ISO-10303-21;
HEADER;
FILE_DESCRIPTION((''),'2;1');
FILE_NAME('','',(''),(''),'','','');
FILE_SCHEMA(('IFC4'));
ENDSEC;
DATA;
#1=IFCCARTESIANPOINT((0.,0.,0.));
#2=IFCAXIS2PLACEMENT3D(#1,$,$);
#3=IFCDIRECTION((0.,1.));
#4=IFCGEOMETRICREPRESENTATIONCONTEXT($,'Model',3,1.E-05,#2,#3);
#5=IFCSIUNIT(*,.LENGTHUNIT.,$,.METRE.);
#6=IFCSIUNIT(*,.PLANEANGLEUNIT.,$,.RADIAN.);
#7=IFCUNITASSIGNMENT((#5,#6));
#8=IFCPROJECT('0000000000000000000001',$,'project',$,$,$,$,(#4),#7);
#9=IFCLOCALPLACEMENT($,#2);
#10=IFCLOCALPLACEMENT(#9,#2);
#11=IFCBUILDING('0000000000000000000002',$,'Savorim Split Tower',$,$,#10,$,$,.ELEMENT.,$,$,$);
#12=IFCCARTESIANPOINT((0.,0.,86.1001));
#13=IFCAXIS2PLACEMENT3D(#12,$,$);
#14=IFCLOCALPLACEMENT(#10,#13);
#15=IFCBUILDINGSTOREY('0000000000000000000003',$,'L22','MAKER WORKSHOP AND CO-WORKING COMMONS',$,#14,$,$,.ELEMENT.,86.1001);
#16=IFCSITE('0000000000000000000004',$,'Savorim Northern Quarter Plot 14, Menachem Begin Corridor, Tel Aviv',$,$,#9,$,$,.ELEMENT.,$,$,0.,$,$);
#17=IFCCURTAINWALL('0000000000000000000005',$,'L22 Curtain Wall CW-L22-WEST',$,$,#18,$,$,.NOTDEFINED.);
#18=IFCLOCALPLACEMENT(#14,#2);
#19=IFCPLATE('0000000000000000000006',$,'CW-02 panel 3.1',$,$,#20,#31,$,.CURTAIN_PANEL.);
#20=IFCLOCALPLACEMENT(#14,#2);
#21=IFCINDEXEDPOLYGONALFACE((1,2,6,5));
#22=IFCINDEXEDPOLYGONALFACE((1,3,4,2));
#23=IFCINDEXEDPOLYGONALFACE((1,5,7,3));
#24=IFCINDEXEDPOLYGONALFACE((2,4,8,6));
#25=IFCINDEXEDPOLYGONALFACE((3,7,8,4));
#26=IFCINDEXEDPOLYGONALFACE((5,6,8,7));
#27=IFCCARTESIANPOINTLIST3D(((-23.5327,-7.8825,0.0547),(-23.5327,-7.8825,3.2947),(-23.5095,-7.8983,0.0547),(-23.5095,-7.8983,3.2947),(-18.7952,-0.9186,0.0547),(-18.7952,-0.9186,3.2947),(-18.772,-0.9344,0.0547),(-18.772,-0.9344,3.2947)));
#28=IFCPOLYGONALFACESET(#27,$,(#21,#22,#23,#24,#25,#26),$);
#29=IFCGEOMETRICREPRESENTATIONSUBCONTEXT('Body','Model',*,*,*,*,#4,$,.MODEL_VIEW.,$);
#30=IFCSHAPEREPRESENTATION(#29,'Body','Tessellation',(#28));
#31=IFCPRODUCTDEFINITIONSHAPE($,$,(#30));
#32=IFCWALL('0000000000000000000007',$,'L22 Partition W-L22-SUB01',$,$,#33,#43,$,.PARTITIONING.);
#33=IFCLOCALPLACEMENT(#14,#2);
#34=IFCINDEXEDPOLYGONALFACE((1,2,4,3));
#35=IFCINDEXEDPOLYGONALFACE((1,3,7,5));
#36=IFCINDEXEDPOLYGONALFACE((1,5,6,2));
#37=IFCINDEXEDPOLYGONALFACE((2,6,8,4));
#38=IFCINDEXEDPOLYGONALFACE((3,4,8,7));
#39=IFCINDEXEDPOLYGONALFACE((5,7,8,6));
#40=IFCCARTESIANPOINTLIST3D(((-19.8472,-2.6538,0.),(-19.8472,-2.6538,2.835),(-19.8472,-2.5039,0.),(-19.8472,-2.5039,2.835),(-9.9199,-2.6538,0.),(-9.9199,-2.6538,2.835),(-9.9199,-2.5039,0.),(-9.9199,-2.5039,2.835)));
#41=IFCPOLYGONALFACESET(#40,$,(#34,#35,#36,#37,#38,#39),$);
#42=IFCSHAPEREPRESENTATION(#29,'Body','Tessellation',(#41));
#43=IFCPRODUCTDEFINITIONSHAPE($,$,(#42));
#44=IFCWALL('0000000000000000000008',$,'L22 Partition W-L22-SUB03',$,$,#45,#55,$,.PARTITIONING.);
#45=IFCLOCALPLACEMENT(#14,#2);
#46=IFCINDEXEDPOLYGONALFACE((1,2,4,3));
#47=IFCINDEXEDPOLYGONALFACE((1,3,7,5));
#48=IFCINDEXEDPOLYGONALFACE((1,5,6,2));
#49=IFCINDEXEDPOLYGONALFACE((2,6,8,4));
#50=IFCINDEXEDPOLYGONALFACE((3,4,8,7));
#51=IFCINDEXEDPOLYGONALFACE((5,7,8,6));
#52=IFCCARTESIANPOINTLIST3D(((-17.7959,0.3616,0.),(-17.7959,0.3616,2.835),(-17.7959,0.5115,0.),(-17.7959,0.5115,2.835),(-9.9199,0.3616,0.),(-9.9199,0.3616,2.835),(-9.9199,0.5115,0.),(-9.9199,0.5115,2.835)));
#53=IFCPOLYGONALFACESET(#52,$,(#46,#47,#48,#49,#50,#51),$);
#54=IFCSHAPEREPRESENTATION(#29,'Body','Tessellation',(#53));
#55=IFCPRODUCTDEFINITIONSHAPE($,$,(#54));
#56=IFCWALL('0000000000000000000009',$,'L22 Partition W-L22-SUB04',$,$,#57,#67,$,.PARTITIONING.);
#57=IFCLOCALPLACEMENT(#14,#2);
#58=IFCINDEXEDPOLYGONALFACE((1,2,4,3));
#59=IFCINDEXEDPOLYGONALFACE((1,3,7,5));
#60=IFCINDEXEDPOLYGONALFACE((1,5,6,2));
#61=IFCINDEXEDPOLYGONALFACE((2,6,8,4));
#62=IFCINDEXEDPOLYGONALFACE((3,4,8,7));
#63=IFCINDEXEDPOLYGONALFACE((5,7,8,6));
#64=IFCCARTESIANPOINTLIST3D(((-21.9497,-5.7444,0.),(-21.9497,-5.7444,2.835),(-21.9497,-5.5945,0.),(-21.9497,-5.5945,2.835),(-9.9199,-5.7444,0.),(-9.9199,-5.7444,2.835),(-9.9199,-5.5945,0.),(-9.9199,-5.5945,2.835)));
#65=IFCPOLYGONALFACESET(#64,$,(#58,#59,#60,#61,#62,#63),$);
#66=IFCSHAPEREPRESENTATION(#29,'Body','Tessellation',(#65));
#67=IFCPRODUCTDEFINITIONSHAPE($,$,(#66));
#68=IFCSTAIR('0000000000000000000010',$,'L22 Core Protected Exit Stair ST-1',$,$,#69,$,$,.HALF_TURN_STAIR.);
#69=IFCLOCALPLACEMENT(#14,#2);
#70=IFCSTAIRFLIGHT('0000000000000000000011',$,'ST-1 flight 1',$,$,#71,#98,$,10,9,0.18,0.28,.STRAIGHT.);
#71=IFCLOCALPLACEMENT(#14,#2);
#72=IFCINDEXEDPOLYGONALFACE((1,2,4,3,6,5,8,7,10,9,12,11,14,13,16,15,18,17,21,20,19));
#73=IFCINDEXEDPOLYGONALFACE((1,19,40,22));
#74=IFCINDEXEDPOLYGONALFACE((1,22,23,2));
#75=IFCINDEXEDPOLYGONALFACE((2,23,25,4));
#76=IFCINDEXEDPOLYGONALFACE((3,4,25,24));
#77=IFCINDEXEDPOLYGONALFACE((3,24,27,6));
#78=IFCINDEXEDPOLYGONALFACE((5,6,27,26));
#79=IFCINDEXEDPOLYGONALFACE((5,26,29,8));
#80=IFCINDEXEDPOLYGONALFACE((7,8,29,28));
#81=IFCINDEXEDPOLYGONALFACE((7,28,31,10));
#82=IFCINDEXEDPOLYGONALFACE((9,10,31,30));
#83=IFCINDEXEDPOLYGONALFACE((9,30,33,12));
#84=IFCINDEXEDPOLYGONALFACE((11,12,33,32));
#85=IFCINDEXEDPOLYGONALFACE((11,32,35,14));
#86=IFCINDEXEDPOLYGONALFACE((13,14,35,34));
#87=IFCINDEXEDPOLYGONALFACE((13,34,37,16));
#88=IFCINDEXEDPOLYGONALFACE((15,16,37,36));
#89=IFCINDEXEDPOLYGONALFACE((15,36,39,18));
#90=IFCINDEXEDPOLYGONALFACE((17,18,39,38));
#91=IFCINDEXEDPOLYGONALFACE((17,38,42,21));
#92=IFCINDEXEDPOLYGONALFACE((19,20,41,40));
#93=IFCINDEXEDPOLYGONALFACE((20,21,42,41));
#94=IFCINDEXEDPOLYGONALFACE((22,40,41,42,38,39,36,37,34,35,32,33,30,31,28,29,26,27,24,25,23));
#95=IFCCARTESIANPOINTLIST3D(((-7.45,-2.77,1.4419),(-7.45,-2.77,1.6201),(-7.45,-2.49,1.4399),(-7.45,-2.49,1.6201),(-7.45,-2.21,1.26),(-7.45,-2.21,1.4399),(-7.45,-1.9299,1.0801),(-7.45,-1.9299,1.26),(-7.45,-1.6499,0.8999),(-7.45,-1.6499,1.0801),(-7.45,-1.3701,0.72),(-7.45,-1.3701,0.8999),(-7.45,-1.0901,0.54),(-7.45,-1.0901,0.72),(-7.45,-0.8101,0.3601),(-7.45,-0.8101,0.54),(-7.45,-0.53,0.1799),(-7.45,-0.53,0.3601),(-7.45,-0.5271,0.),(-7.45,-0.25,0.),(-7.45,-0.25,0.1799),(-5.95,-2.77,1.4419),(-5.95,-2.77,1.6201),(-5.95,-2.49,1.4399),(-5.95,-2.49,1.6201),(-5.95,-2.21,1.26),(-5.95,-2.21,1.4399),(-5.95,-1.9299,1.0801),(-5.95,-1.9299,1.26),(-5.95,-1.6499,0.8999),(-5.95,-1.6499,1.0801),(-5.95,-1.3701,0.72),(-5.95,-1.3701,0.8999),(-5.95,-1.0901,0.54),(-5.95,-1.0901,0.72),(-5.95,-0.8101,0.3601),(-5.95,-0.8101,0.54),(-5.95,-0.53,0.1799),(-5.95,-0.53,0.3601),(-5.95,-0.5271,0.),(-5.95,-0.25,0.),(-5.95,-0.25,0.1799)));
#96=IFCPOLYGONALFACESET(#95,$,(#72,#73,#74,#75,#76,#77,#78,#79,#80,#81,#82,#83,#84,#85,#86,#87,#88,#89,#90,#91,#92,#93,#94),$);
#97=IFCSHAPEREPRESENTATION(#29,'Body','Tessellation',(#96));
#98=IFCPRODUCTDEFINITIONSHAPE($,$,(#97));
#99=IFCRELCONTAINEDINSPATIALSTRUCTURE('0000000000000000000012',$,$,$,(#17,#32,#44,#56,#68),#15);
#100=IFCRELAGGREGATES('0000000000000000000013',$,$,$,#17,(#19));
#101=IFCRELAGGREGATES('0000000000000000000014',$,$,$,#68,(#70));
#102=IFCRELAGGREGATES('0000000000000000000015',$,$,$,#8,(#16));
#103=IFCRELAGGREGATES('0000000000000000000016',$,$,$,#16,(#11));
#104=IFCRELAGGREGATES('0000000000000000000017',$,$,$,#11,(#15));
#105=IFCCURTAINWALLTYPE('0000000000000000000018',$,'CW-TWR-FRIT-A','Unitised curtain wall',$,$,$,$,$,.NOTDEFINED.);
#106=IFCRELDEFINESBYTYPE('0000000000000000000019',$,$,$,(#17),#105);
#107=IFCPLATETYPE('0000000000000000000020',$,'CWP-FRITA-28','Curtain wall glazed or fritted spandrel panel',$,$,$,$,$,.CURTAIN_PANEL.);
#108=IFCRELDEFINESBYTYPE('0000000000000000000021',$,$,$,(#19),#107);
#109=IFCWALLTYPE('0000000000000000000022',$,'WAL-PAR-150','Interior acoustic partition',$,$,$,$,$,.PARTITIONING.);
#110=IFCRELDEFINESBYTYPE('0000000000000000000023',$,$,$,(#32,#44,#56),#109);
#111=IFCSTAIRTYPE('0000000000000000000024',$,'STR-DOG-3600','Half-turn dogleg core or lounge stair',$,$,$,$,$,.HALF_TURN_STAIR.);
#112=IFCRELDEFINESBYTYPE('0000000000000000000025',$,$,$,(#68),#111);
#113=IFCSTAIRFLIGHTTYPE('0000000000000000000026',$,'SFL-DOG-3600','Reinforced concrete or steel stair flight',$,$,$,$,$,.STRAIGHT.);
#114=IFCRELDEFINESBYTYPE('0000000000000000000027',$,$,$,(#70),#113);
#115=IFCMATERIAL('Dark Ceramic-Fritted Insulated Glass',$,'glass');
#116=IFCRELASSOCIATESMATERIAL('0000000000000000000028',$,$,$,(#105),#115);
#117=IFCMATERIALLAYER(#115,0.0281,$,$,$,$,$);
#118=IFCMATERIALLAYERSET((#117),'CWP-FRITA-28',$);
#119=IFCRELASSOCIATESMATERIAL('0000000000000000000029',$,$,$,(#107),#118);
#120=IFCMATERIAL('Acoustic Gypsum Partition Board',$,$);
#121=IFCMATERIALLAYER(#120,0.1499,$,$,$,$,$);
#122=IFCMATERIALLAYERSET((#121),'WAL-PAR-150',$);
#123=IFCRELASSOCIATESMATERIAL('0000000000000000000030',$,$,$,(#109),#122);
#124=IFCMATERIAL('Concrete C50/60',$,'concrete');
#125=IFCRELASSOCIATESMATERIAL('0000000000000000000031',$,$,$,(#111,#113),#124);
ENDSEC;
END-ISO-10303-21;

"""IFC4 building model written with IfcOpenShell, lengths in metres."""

from ifc_helpers import new_model, si_unit, direction, frame, frame_2d, origin, origin_2d, place, context, subcontext, project, spatial, polyline, rectangle, outline, extrude, material, layer, layer_set, type_object, element, aggregate, save


model = new_model("IFC4")

# Units and contexts
model_context = context("Model", 3, precision=1e-05, world=origin(), true_north=direction((0.0, 1.0)))
body_context = subcontext(model_context, "Body", "Model", "MODEL_VIEW")
ifc_project = project(units=[si_unit("LENGTHUNIT", "METRE"), si_unit("PLANEANGLEUNIT", "RADIAN")], contexts=[model_context])

# Site, building, storey
site_placement = place(None, origin())
site = spatial("IfcSite", under=ifc_project, at=site_placement, Name="Savorim Northern Quarter Plot 14, Menachem Begin Corridor, Tel Aviv", CompositionType="ELEMENT", RefElevation=0.0)
building_placement = place(site_placement, origin())
building = spatial("IfcBuilding", under=site, at=building_placement, Name="Savorim Split Tower", CompositionType="ELEMENT")
storey_placement = place(building_placement, frame((0.0, 0.0, 86.1001)))
storey = spatial("IfcBuildingStorey", under=building, at=storey_placement, Name="L22", Description="MAKER WORKSHOP AND CO-WORKING COMMONS", CompositionType="ELEMENT", Elevation=86.1001)

# Curtain wall, plate
ifc_material_1 = material(Name="Dark Ceramic-Fritted Insulated Glass", Category="glass")
curtain_wall_type = type_object("IfcCurtainWallType", Name="CW-TWR-FRIT-A", Description="Unitised curtain wall", PredefinedType="NOTDEFINED", material=ifc_material_1)
curtain_wall_placement = place(storey_placement, origin())
curtain_wall = element("IfcCurtainWall", 1, at=curtain_wall_placement, inside=storey, type_object=curtain_wall_type, Name="L22 Curtain Wall CW-L22-WEST", PredefinedType="NOTDEFINED")
ifc_layer_1 = layer(ifc_material_1, 0.0281)
ifc_layer_set_1 = layer_set([ifc_layer_1], Name="CWP-FRITA-28")
plate_type = type_object("IfcPlateType", Name="CWP-FRITA-28", Description="Curtain wall glazed or fritted spandrel panel", PredefinedType="CURTAIN_PANEL", material=ifc_layer_set_1)
plate_placement = place(storey_placement, frame((-21.1523, -4.4084, 0.0547), z_axis=(0.0, 0.0, 1.0), x_axis=(-0.562468, -0.826819, 0.0)))
plate = element("IfcPlate", 2, at=plate_placement, type_object=plate_type, Name="CW-02 panel 3.1", PredefinedType="CURTAIN_PANEL", context=body_context, shape_type="SweptSolid", body=[
    extrude(rectangle(XDim=8.4226, YDim=0.0281, at=origin_2d()), origin(), (0.0, 0.0, 1.0), 3.24),
])
aggregate(curtain_wall, [plate])

# Shared definitions
ifc_material_2 = material(Name="Concrete C50/60", Category="concrete")

# Walls
ifc_material_3 = material(Name="Acoustic Gypsum Partition Board")
ifc_layer_2 = layer(ifc_material_3, 0.1499)
ifc_layer_set_2 = layer_set([ifc_layer_2], Name="WAL-PAR-150")
wall_type_1 = type_object("IfcWallType", Name="WAL-PAR-150", Description="Interior acoustic partition", PredefinedType="PARTITIONING", material=ifc_layer_set_2)
wall_1_placement = place(storey_placement, frame((-9.9199, -2.5789, 0.0), z_axis=(0.0, 0.0, 1.0), x_axis=(-1.0, 0.0, 0.0)))
element("IfcWall", 3, at=wall_1_placement, inside=storey, type_object=wall_type_1, Name="L22 Partition W-L22-SUB01", PredefinedType="PARTITIONING", context=body_context, shape_type="SweptSolid", body=[
    extrude(rectangle(XDim=9.9272, YDim=0.1499, at=frame_2d((4.9636, 0.0))), origin(), (0.0, 0.0, 1.0), 2.835),
])
wall_2_placement = place(storey_placement, frame((-9.9199, 0.4365, 0.0), z_axis=(0.0, 0.0, 1.0), x_axis=(-1.0, 0.0, 0.0)))
element("IfcWall", 4, at=wall_2_placement, inside=storey, type_object=wall_type_1, Name="L22 Partition W-L22-SUB03", PredefinedType="PARTITIONING", context=body_context, shape_type="SweptSolid", body=[
    extrude(rectangle(XDim=7.876, YDim=0.1499, at=frame_2d((3.938, 0.0))), origin(), (0.0, 0.0, 1.0), 2.835),
])
wall_3_placement = place(storey_placement, frame((-9.9199, -5.6694, 0.0), z_axis=(0.0, 0.0, 1.0), x_axis=(-1.0, 0.0, 0.0)))
element("IfcWall", 5, at=wall_3_placement, inside=storey, type_object=wall_type_1, Name="L22 Partition W-L22-SUB04", PredefinedType="PARTITIONING", context=body_context, shape_type="SweptSolid", body=[
    extrude(rectangle(XDim=12.0298, YDim=0.1499, at=frame_2d((6.0149, 0.0))), origin(), (0.0, 0.0, 1.0), 2.835),
])

# Stair, stair flight
stair_type = type_object("IfcStairType", Name="STR-DOG-3600", Description="Half-turn dogleg core or lounge stair", PredefinedType="HALF_TURN_STAIR", material=ifc_material_2)
stair_placement = place(storey_placement, origin())
stair = element("IfcStair", 6, at=stair_placement, inside=storey, type_object=stair_type, Name="L22 Core Protected Exit Stair ST-1", PredefinedType="HALF_TURN_STAIR")
stair_flight_type = type_object("IfcStairFlightType", Name="SFL-DOG-3600", Description="Reinforced concrete or steel stair flight", PredefinedType="STRAIGHT", material=ifc_material_2)
stair_flight_placement = place(storey_placement, frame((-6.7, -0.25, 0.0), z_axis=(0.0, 0.0, 1.0), x_axis=(0.0, -1.0, 0.0)))
stair_flight = element("IfcStairFlight", 7, at=stair_flight_placement, type_object=stair_flight_type, Name="ST-1 flight 1", NumberOfRisers=10, NumberOfTreads=9, PredefinedType="STRAIGHT", RiserHeight=0.18, TreadLength=0.28, context=body_context, shape_type="SweptSolid", body=[
    extrude(outline(polyline([(0.0, 0.0), (0.0, 0.1799), (0.28, 0.1799), (0.28, 0.3601), (0.5601, 0.3601), (0.5601, 0.54), (0.8401, 0.54), (0.8401, 0.72), (1.1201, 0.72), (1.1201, 0.8999), (1.3999, 0.8999), (1.3999, 1.0801), (1.6799, 1.0801), (1.6799, 1.26), (1.96, 1.26), (1.96, 1.4399), (2.24, 1.4399), (2.24, 1.6201), (2.52, 1.6201), (2.52, 1.8), (2.52, 1.4419), (0.2771, 0.0), (0.0, 0.0)])), frame((0.0, 0.75, 0.0), z_axis=(0.0, -1.0, 0.0), x_axis=(1.0, 0.0, 0.0)), (0.0, 0.0, 1.0), 1.5),
])
aggregate(stair, [stair_flight])

save(model, "model.ifc")
